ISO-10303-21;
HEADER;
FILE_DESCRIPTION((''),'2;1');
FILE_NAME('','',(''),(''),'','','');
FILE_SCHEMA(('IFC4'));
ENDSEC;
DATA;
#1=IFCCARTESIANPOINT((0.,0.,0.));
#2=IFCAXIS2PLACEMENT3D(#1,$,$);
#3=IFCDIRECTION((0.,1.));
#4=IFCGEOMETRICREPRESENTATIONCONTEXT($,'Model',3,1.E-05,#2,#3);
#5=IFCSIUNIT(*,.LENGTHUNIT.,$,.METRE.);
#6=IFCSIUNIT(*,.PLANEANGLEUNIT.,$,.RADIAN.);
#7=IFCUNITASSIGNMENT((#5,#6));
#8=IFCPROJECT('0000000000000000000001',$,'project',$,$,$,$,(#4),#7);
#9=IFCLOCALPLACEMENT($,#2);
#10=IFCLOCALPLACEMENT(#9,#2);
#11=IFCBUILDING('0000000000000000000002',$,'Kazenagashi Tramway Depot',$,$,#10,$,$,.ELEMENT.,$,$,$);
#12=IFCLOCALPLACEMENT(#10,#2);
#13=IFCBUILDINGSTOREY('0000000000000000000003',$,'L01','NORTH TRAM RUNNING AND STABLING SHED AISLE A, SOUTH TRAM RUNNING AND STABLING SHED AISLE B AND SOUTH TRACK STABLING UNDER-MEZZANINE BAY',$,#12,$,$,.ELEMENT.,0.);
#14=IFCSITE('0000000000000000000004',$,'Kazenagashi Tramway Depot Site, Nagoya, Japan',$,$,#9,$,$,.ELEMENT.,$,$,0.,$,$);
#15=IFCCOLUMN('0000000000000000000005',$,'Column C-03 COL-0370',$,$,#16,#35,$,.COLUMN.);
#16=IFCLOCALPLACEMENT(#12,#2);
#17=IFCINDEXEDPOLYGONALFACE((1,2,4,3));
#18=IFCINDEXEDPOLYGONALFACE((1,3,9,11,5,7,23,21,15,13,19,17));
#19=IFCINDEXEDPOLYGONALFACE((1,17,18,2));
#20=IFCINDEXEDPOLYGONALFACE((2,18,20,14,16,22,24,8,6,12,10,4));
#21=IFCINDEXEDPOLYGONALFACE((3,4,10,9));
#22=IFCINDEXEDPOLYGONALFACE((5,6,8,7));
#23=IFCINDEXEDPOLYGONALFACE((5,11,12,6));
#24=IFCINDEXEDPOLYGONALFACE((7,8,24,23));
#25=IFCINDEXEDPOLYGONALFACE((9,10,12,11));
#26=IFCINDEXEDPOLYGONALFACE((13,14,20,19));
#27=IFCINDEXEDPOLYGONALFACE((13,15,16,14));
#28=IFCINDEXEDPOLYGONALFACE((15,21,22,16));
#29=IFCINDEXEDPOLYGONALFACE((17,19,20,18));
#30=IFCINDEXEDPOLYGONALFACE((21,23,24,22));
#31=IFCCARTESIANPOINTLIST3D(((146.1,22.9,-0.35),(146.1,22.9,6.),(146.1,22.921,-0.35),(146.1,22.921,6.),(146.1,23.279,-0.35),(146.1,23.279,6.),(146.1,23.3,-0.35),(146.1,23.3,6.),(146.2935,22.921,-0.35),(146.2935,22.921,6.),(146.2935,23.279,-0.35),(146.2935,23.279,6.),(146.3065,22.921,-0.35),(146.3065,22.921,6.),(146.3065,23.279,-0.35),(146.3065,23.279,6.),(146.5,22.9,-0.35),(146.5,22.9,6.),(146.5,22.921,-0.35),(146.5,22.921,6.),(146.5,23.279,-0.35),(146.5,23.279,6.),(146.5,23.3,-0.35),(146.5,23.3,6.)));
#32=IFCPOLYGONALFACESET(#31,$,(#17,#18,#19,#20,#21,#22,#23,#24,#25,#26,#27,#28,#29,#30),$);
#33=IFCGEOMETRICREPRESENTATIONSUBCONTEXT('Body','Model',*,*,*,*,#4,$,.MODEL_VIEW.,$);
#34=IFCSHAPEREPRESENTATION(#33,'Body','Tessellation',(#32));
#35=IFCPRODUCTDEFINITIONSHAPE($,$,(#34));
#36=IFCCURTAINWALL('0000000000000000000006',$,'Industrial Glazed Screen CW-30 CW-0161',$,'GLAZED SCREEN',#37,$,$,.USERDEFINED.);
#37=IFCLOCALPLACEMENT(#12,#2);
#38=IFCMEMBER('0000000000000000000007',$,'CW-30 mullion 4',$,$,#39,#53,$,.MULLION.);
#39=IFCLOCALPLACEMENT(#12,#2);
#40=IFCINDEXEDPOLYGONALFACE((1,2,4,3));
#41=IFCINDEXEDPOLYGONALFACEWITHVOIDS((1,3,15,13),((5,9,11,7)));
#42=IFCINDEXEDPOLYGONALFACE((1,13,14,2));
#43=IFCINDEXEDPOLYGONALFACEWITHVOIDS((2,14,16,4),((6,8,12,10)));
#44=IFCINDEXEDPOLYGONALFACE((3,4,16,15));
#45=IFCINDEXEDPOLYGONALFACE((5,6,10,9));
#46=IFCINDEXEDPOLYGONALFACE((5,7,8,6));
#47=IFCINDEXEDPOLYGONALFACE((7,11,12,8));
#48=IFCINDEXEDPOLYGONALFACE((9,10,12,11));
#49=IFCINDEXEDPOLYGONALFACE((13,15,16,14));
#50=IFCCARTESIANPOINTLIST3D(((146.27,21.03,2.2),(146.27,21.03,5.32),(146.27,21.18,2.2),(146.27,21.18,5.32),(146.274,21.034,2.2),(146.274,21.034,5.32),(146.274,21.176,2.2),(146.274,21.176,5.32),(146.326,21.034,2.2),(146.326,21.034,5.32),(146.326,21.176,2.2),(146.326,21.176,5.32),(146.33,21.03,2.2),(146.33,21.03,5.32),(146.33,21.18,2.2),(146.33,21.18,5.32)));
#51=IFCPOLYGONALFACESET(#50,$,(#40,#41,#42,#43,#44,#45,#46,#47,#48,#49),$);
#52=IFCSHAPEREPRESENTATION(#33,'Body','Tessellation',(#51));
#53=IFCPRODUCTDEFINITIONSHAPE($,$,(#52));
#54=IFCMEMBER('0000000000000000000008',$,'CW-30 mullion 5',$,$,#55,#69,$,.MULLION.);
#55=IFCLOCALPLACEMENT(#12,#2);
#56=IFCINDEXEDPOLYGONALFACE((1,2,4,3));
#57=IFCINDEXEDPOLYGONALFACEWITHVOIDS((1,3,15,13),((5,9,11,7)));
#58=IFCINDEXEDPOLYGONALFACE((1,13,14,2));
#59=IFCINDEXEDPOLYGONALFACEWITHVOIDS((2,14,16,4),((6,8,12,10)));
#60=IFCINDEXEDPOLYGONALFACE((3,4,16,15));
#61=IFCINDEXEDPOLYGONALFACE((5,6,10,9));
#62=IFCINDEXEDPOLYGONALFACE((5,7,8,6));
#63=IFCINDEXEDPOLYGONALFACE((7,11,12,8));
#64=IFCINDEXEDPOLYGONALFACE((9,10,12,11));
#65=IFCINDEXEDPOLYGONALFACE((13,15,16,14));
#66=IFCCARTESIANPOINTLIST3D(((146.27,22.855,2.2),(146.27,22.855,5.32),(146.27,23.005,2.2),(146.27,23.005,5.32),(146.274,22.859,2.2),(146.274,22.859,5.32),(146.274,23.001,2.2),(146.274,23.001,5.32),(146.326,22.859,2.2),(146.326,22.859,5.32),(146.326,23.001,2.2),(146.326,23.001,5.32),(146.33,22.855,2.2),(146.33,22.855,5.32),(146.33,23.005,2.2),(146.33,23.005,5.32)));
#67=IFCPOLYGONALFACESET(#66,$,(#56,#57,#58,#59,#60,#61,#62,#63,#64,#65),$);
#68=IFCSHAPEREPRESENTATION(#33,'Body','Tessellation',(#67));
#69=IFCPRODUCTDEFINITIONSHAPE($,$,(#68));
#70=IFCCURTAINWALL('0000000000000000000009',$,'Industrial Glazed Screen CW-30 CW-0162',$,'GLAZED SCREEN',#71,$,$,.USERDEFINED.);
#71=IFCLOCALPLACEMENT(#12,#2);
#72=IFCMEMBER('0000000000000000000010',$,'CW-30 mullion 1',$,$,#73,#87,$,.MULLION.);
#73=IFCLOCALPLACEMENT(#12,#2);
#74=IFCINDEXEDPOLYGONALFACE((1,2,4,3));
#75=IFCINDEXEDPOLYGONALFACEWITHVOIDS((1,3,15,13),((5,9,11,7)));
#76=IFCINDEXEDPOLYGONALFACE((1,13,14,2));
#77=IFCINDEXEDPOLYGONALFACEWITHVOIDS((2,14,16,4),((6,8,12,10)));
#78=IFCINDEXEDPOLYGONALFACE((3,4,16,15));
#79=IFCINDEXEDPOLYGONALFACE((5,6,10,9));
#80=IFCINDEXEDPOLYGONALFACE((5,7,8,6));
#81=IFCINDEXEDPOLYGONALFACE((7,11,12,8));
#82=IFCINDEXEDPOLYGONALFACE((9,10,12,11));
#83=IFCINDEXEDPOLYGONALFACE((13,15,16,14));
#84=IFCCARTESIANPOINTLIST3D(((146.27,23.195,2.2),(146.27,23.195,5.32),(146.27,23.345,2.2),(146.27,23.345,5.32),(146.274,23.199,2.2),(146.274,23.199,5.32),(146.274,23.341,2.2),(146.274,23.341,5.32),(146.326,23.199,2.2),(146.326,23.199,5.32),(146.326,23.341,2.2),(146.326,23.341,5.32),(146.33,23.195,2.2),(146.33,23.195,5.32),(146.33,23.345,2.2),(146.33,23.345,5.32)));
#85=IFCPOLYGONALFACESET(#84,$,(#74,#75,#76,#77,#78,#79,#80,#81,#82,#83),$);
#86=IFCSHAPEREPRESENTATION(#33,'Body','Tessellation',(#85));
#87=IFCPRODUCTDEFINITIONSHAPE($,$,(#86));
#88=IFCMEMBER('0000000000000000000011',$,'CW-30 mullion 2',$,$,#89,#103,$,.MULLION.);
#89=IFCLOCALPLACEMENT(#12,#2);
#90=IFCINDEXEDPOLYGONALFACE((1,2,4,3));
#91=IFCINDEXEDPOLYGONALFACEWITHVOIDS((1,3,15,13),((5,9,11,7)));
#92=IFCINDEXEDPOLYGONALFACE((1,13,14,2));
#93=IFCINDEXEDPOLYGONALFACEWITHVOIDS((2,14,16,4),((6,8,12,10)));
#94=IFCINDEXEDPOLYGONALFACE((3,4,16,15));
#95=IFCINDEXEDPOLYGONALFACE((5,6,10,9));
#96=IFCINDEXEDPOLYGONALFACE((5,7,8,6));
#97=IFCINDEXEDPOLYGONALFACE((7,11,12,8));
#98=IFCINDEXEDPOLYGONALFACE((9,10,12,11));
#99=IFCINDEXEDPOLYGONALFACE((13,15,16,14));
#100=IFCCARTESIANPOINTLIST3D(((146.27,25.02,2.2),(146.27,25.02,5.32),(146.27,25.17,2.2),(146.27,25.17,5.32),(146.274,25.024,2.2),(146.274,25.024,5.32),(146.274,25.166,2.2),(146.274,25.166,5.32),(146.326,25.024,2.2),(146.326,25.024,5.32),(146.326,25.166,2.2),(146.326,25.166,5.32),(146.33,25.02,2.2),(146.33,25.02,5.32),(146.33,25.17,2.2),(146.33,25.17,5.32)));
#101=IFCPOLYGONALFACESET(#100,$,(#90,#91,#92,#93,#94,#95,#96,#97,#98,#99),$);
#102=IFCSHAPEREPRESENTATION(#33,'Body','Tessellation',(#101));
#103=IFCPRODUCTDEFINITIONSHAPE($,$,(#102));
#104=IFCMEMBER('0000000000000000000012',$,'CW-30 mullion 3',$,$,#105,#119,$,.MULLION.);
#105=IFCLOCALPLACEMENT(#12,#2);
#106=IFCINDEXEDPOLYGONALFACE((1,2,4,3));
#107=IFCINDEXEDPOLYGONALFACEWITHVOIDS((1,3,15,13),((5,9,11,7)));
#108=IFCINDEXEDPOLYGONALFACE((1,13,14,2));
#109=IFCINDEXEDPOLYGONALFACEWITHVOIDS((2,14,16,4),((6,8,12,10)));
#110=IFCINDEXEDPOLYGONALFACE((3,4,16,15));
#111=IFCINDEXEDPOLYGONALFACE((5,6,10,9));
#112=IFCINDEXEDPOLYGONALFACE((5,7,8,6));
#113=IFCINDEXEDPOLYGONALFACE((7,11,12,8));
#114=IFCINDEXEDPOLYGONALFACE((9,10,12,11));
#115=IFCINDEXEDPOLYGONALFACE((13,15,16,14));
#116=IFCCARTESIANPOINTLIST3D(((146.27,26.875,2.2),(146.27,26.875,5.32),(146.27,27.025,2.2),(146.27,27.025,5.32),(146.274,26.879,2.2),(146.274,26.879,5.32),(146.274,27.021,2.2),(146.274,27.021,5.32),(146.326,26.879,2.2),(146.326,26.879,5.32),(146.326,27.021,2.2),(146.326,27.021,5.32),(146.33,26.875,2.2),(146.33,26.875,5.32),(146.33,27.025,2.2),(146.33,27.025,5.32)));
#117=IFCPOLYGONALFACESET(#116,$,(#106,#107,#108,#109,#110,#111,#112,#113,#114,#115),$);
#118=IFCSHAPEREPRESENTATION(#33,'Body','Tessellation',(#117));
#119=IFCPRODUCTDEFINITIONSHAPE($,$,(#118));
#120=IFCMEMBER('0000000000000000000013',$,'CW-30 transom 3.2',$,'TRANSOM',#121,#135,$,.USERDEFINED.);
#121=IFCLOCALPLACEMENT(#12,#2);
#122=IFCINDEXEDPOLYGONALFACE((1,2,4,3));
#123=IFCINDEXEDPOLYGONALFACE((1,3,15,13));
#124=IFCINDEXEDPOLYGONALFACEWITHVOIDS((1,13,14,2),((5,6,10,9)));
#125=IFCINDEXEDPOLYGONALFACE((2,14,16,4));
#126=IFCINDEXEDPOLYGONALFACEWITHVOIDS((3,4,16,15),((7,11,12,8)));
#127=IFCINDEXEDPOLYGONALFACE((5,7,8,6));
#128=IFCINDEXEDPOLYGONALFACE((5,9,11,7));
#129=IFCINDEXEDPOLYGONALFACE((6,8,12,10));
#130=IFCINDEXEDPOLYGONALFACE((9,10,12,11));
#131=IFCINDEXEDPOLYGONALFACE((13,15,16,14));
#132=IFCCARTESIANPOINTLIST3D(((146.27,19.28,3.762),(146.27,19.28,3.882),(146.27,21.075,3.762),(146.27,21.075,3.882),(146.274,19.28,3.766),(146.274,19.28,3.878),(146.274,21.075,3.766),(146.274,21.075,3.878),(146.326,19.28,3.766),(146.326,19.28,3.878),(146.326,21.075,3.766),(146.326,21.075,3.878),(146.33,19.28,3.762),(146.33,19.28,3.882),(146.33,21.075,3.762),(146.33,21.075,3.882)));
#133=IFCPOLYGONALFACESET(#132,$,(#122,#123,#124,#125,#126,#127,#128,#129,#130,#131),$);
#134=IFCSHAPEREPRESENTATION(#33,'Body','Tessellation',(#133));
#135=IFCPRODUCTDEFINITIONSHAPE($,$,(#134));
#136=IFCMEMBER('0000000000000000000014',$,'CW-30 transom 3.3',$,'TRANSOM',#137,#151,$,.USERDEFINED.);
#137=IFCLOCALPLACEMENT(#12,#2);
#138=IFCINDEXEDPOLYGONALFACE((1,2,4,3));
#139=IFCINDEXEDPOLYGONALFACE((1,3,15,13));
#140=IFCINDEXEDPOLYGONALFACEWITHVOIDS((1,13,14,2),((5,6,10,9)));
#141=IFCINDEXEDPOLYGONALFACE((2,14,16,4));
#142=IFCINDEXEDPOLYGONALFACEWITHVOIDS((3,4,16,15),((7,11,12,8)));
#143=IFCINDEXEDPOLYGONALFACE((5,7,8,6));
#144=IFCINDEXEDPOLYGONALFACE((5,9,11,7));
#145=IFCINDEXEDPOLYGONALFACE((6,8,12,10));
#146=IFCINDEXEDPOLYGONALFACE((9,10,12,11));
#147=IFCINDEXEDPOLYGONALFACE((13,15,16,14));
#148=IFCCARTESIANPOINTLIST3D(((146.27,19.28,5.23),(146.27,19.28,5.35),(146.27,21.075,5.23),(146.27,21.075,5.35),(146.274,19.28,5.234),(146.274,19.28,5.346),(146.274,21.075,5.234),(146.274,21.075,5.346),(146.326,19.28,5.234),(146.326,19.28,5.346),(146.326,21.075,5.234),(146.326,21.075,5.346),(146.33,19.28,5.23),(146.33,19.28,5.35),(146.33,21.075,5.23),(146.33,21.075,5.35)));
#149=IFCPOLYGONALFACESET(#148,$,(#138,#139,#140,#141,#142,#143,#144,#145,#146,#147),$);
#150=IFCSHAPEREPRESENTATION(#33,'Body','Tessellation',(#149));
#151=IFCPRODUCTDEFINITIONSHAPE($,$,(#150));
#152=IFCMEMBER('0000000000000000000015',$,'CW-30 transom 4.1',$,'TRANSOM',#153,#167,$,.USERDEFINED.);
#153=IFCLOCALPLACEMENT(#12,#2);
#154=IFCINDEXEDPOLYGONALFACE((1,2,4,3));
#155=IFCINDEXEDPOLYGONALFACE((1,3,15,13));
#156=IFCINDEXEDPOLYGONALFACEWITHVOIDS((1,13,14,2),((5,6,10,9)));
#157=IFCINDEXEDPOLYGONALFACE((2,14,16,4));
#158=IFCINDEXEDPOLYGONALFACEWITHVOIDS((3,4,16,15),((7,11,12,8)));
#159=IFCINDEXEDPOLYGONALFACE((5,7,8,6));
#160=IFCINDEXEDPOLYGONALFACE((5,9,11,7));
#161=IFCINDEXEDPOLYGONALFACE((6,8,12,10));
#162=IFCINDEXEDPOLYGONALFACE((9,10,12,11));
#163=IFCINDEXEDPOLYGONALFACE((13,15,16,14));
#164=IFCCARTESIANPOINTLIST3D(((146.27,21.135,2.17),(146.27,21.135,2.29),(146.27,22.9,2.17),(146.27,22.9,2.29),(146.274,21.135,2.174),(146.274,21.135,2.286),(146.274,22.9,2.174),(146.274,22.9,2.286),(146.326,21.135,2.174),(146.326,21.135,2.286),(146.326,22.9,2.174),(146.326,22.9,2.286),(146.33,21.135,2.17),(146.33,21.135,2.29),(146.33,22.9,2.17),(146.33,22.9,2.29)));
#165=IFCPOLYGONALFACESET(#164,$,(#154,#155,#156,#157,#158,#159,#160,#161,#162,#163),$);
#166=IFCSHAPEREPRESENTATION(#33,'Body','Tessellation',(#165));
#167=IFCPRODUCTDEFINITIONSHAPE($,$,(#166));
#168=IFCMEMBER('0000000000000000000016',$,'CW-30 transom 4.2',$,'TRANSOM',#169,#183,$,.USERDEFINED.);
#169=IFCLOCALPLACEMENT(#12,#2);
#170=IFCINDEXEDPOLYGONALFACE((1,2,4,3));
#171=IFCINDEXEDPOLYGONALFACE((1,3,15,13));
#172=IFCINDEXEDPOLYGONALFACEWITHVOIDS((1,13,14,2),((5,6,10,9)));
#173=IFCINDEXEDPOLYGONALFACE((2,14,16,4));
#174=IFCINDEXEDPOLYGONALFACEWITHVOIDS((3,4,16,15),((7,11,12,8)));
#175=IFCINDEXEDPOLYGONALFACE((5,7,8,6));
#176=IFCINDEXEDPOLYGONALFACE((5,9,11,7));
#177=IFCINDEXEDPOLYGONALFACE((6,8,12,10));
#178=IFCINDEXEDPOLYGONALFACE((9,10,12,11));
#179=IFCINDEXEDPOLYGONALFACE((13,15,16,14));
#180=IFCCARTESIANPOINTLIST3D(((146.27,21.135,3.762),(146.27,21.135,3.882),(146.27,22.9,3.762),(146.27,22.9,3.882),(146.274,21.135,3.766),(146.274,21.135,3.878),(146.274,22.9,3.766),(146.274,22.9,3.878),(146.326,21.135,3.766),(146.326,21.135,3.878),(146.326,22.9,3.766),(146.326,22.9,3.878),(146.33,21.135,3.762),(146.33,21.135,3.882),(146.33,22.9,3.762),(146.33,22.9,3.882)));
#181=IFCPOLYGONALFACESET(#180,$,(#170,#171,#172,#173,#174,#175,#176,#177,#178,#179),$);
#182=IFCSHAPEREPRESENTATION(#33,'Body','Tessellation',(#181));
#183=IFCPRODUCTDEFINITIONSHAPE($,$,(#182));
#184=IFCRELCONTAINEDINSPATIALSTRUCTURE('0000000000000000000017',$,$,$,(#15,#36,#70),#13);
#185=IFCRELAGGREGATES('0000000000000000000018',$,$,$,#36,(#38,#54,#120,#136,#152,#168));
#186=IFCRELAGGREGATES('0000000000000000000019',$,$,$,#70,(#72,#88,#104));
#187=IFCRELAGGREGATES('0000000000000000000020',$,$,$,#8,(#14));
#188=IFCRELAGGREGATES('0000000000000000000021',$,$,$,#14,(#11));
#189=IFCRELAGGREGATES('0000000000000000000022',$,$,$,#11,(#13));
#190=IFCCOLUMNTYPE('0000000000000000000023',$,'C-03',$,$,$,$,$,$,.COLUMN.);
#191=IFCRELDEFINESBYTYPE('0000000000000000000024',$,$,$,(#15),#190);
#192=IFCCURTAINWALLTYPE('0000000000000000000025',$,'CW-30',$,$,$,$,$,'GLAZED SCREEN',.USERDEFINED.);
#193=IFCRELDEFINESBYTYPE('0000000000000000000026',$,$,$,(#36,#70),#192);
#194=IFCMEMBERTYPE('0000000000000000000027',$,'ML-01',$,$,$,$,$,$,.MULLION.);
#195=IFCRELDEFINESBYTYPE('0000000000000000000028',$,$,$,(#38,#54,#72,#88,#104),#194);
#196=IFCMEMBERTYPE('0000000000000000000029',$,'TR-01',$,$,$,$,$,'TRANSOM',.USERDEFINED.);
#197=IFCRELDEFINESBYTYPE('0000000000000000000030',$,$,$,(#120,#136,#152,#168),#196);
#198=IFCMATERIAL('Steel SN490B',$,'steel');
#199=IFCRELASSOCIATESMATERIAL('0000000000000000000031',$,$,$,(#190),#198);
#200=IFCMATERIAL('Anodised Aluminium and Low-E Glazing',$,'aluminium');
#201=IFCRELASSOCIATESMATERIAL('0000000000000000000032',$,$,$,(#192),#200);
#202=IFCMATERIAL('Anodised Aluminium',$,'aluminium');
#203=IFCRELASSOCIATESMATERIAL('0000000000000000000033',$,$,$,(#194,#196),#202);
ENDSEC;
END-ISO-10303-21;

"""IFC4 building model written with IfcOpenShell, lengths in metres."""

from ifc_helpers import new_model, si_unit, direction, frame, origin, origin_2d, place, context, subcontext, project, spatial, hollow_rectangle, i_section, extrude, material, material_profile, profile_set, type_object, element, aggregate, save


model = new_model("IFC4")

# Units and contexts
model_context = context("Model", 3, precision=1e-05, world=origin(), true_north=direction((0.0, 1.0)))
body_context = subcontext(model_context, "Body", "Model", "MODEL_VIEW")
ifc_project = project(units=[si_unit("LENGTHUNIT", "METRE"), si_unit("PLANEANGLEUNIT", "RADIAN")], contexts=[model_context])

# Site, building, storey
site_placement = place(None, origin())
site = spatial("IfcSite", under=ifc_project, at=site_placement, Name="Kazenagashi Tramway Depot Site, Nagoya, Japan", CompositionType="ELEMENT", RefElevation=0.0)
building_placement = place(site_placement, origin())
building = spatial("IfcBuilding", under=site, at=building_placement, Name="Kazenagashi Tramway Depot", CompositionType="ELEMENT")
storey_placement = place(building_placement, origin())
storey = spatial("IfcBuildingStorey", under=building, at=storey_placement, Name="L01", Description="NORTH TRAM RUNNING AND STABLING SHED AISLE A, SOUTH TRAM RUNNING AND STABLING SHED AISLE B AND SOUTH TRACK STABLING UNDER-MEZZANINE BAY", CompositionType="ELEMENT", Elevation=0.0)

# Column
ifc_material_1 = material(Name="Steel SN490B", Category="steel")
ifc_material_profile_1 = material_profile(ifc_material_1, i_section(OverallWidth=0.4, OverallDepth=0.4, WebThickness=0.013, FlangeThickness=0.021, at=origin_2d()), Name="H-400x400x13x21")
ifc_profile_set_1 = profile_set([ifc_material_profile_1], Name="Steel SN490B")
column_type = type_object("IfcColumnType", Name="C-03", PredefinedType="COLUMN", material=ifc_profile_set_1)
column_placement = place(storey_placement, frame((146.3, 23.1, -0.35), z_axis=(0.0, 0.0, 1.0), x_axis=(1.0, 0.0, 0.0)))
element("IfcColumn", 1, at=column_placement, inside=storey, type_object=column_type, Name="Column C-03 COL-0370", PredefinedType="COLUMN", context=body_context, shape_type="SweptSolid", body=[
    extrude(i_section(OverallWidth=0.4, OverallDepth=0.4, WebThickness=0.013, FlangeThickness=0.021, at=origin_2d()), origin(), (0.0, 0.0, 1.0), 6.35),
])

# Curtain walls, members
ifc_material_2 = material(Name="Anodised Aluminium and Low-E Glazing", Category="aluminium")
curtain_wall_type = type_object("IfcCurtainWallType", Name="CW-30", ElementType="GLAZED SCREEN", PredefinedType="USERDEFINED", material=ifc_material_2)
curtain_wall_1_placement = place(storey_placement, origin())
curtain_wall_1 = element("IfcCurtainWall", 2, at=curtain_wall_1_placement, inside=storey, type_object=curtain_wall_type, Name="Industrial Glazed Screen CW-30 CW-0161", ObjectType="GLAZED SCREEN", PredefinedType="USERDEFINED")
ifc_material_3 = material(Name="Anodised Aluminium", Category="aluminium")
ifc_material_profile_2 = material_profile(ifc_material_3, hollow_rectangle(XDim=0.06, YDim=0.15, WallThickness=0.004, at=origin_2d()), Name="RHS-150x60x4")
ifc_profile_set_2 = profile_set([ifc_material_profile_2], Name="Anodised Aluminium")
member_type_1 = type_object("IfcMemberType", Name="ML-01", PredefinedType="MULLION", material=ifc_profile_set_2)
member_1_placement = place(storey_placement, frame((146.3, 21.105, 2.2), z_axis=(0.0, 0.0, 1.0), x_axis=(-1.0, 0.0, 0.0)))
member_1 = element("IfcMember", 3, at=member_1_placement, type_object=member_type_1, Name="CW-30 mullion 4", PredefinedType="MULLION", context=body_context, shape_type="SweptSolid", body=[
    extrude(hollow_rectangle(XDim=0.06, YDim=0.15, WallThickness=0.004, at=origin_2d()), origin(), (0.0, 0.0, 1.0), 3.12),
])
member_2_placement = place(storey_placement, frame((146.3, 22.93, 2.2), z_axis=(0.0, 0.0, 1.0), x_axis=(-1.0, 0.0, 0.0)))
member_2 = element("IfcMember", 4, at=member_2_placement, type_object=member_type_1, Name="CW-30 mullion 5", PredefinedType="MULLION", context=body_context, shape_type="SweptSolid", body=[
    extrude(hollow_rectangle(XDim=0.06, YDim=0.15, WallThickness=0.004, at=origin_2d()), origin(), (0.0, 0.0, 1.0), 3.12),
])
curtain_wall_2_placement = place(storey_placement, origin())
curtain_wall_2 = element("IfcCurtainWall", 5, at=curtain_wall_2_placement, inside=storey, type_object=curtain_wall_type, Name="Industrial Glazed Screen CW-30 CW-0162", ObjectType="GLAZED SCREEN", PredefinedType="USERDEFINED")
member_3_placement = place(storey_placement, frame((146.3, 23.27, 2.2), z_axis=(0.0, 0.0, 1.0), x_axis=(-1.0, 0.0, 0.0)))
member_3 = element("IfcMember", 6, at=member_3_placement, type_object=member_type_1, Name="CW-30 mullion 1", PredefinedType="MULLION", context=body_context, shape_type="SweptSolid", body=[
    extrude(hollow_rectangle(XDim=0.06, YDim=0.15, WallThickness=0.004, at=origin_2d()), origin(), (0.0, 0.0, 1.0), 3.12),
])
member_4_placement = place(storey_placement, frame((146.3, 25.095, 2.2), z_axis=(0.0, 0.0, 1.0), x_axis=(-1.0, 0.0, 0.0)))
member_4 = element("IfcMember", 7, at=member_4_placement, type_object=member_type_1, Name="CW-30 mullion 2", PredefinedType="MULLION", context=body_context, shape_type="SweptSolid", body=[
    extrude(hollow_rectangle(XDim=0.06, YDim=0.15, WallThickness=0.004, at=origin_2d()), origin(), (0.0, 0.0, 1.0), 3.12),
])
member_5_placement = place(storey_placement, frame((146.3, 26.95, 2.2), z_axis=(0.0, 0.0, 1.0), x_axis=(-1.0, 0.0, 0.0)))
member_5 = element("IfcMember", 8, at=member_5_placement, type_object=member_type_1, Name="CW-30 mullion 3", PredefinedType="MULLION", context=body_context, shape_type="SweptSolid", body=[
    extrude(hollow_rectangle(XDim=0.06, YDim=0.15, WallThickness=0.004, at=origin_2d()), origin(), (0.0, 0.0, 1.0), 3.12),
])

# Members
ifc_material_profile_3 = material_profile(ifc_material_3, hollow_rectangle(XDim=0.06, YDim=0.12, WallThickness=0.004, at=origin_2d()), Name="RHS-120x60x4")
ifc_profile_set_3 = profile_set([ifc_material_profile_3], Name="Anodised Aluminium")
member_type_2 = type_object("IfcMemberType", Name="TR-01", ElementType="TRANSOM", PredefinedType="USERDEFINED", material=ifc_profile_set_3)
member_6_placement = place(storey_placement, frame((146.3, 19.28, 3.822), z_axis=(0.0, 1.0, 0.0), x_axis=(-1.0, 0.0, 0.0)))
member_6 = element("IfcMember", 9, at=member_6_placement, type_object=member_type_2, Name="CW-30 transom 3.2", ObjectType="TRANSOM", PredefinedType="USERDEFINED", context=body_context, shape_type="SweptSolid", body=[
    extrude(hollow_rectangle(XDim=0.06, YDim=0.12, WallThickness=0.004, at=origin_2d()), origin(), (0.0, 0.0, 1.0), 1.795),
])
member_7_placement = place(storey_placement, frame((146.3, 19.28, 5.29), z_axis=(0.0, 1.0, 0.0), x_axis=(-1.0, 0.0, 0.0)))
member_7 = element("IfcMember", 10, at=member_7_placement, type_object=member_type_2, Name="CW-30 transom 3.3", ObjectType="TRANSOM", PredefinedType="USERDEFINED", context=body_context, shape_type="SweptSolid", body=[
    extrude(hollow_rectangle(XDim=0.06, YDim=0.12, WallThickness=0.004, at=origin_2d()), origin(), (0.0, 0.0, 1.0), 1.795),
])
member_8_placement = place(storey_placement, frame((146.3, 21.135, 2.23), z_axis=(0.0, 1.0, 0.0), x_axis=(-1.0, 0.0, 0.0)))
member_8 = element("IfcMember", 11, at=member_8_placement, type_object=member_type_2, Name="CW-30 transom 4.1", ObjectType="TRANSOM", PredefinedType="USERDEFINED", context=body_context, shape_type="SweptSolid", body=[
    extrude(hollow_rectangle(XDim=0.06, YDim=0.12, WallThickness=0.004, at=origin_2d()), origin(), (0.0, 0.0, 1.0), 1.765),
])
member_9_placement = place(storey_placement, frame((146.3, 21.135, 3.822), z_axis=(0.0, 1.0, 0.0), x_axis=(-1.0, 0.0, 0.0)))
member_9 = element("IfcMember", 12, at=member_9_placement, type_object=member_type_2, Name="CW-30 transom 4.2", ObjectType="TRANSOM", PredefinedType="USERDEFINED", context=body_context, shape_type="SweptSolid", body=[
    extrude(hollow_rectangle(XDim=0.06, YDim=0.12, WallThickness=0.004, at=origin_2d()), origin(), (0.0, 0.0, 1.0), 1.765),
])

aggregate(curtain_wall_1, [member_1, member_2, member_6, member_7, member_8, member_9])
aggregate(curtain_wall_2, [member_3, member_4, member_5])

save(model, "model.ifc")
